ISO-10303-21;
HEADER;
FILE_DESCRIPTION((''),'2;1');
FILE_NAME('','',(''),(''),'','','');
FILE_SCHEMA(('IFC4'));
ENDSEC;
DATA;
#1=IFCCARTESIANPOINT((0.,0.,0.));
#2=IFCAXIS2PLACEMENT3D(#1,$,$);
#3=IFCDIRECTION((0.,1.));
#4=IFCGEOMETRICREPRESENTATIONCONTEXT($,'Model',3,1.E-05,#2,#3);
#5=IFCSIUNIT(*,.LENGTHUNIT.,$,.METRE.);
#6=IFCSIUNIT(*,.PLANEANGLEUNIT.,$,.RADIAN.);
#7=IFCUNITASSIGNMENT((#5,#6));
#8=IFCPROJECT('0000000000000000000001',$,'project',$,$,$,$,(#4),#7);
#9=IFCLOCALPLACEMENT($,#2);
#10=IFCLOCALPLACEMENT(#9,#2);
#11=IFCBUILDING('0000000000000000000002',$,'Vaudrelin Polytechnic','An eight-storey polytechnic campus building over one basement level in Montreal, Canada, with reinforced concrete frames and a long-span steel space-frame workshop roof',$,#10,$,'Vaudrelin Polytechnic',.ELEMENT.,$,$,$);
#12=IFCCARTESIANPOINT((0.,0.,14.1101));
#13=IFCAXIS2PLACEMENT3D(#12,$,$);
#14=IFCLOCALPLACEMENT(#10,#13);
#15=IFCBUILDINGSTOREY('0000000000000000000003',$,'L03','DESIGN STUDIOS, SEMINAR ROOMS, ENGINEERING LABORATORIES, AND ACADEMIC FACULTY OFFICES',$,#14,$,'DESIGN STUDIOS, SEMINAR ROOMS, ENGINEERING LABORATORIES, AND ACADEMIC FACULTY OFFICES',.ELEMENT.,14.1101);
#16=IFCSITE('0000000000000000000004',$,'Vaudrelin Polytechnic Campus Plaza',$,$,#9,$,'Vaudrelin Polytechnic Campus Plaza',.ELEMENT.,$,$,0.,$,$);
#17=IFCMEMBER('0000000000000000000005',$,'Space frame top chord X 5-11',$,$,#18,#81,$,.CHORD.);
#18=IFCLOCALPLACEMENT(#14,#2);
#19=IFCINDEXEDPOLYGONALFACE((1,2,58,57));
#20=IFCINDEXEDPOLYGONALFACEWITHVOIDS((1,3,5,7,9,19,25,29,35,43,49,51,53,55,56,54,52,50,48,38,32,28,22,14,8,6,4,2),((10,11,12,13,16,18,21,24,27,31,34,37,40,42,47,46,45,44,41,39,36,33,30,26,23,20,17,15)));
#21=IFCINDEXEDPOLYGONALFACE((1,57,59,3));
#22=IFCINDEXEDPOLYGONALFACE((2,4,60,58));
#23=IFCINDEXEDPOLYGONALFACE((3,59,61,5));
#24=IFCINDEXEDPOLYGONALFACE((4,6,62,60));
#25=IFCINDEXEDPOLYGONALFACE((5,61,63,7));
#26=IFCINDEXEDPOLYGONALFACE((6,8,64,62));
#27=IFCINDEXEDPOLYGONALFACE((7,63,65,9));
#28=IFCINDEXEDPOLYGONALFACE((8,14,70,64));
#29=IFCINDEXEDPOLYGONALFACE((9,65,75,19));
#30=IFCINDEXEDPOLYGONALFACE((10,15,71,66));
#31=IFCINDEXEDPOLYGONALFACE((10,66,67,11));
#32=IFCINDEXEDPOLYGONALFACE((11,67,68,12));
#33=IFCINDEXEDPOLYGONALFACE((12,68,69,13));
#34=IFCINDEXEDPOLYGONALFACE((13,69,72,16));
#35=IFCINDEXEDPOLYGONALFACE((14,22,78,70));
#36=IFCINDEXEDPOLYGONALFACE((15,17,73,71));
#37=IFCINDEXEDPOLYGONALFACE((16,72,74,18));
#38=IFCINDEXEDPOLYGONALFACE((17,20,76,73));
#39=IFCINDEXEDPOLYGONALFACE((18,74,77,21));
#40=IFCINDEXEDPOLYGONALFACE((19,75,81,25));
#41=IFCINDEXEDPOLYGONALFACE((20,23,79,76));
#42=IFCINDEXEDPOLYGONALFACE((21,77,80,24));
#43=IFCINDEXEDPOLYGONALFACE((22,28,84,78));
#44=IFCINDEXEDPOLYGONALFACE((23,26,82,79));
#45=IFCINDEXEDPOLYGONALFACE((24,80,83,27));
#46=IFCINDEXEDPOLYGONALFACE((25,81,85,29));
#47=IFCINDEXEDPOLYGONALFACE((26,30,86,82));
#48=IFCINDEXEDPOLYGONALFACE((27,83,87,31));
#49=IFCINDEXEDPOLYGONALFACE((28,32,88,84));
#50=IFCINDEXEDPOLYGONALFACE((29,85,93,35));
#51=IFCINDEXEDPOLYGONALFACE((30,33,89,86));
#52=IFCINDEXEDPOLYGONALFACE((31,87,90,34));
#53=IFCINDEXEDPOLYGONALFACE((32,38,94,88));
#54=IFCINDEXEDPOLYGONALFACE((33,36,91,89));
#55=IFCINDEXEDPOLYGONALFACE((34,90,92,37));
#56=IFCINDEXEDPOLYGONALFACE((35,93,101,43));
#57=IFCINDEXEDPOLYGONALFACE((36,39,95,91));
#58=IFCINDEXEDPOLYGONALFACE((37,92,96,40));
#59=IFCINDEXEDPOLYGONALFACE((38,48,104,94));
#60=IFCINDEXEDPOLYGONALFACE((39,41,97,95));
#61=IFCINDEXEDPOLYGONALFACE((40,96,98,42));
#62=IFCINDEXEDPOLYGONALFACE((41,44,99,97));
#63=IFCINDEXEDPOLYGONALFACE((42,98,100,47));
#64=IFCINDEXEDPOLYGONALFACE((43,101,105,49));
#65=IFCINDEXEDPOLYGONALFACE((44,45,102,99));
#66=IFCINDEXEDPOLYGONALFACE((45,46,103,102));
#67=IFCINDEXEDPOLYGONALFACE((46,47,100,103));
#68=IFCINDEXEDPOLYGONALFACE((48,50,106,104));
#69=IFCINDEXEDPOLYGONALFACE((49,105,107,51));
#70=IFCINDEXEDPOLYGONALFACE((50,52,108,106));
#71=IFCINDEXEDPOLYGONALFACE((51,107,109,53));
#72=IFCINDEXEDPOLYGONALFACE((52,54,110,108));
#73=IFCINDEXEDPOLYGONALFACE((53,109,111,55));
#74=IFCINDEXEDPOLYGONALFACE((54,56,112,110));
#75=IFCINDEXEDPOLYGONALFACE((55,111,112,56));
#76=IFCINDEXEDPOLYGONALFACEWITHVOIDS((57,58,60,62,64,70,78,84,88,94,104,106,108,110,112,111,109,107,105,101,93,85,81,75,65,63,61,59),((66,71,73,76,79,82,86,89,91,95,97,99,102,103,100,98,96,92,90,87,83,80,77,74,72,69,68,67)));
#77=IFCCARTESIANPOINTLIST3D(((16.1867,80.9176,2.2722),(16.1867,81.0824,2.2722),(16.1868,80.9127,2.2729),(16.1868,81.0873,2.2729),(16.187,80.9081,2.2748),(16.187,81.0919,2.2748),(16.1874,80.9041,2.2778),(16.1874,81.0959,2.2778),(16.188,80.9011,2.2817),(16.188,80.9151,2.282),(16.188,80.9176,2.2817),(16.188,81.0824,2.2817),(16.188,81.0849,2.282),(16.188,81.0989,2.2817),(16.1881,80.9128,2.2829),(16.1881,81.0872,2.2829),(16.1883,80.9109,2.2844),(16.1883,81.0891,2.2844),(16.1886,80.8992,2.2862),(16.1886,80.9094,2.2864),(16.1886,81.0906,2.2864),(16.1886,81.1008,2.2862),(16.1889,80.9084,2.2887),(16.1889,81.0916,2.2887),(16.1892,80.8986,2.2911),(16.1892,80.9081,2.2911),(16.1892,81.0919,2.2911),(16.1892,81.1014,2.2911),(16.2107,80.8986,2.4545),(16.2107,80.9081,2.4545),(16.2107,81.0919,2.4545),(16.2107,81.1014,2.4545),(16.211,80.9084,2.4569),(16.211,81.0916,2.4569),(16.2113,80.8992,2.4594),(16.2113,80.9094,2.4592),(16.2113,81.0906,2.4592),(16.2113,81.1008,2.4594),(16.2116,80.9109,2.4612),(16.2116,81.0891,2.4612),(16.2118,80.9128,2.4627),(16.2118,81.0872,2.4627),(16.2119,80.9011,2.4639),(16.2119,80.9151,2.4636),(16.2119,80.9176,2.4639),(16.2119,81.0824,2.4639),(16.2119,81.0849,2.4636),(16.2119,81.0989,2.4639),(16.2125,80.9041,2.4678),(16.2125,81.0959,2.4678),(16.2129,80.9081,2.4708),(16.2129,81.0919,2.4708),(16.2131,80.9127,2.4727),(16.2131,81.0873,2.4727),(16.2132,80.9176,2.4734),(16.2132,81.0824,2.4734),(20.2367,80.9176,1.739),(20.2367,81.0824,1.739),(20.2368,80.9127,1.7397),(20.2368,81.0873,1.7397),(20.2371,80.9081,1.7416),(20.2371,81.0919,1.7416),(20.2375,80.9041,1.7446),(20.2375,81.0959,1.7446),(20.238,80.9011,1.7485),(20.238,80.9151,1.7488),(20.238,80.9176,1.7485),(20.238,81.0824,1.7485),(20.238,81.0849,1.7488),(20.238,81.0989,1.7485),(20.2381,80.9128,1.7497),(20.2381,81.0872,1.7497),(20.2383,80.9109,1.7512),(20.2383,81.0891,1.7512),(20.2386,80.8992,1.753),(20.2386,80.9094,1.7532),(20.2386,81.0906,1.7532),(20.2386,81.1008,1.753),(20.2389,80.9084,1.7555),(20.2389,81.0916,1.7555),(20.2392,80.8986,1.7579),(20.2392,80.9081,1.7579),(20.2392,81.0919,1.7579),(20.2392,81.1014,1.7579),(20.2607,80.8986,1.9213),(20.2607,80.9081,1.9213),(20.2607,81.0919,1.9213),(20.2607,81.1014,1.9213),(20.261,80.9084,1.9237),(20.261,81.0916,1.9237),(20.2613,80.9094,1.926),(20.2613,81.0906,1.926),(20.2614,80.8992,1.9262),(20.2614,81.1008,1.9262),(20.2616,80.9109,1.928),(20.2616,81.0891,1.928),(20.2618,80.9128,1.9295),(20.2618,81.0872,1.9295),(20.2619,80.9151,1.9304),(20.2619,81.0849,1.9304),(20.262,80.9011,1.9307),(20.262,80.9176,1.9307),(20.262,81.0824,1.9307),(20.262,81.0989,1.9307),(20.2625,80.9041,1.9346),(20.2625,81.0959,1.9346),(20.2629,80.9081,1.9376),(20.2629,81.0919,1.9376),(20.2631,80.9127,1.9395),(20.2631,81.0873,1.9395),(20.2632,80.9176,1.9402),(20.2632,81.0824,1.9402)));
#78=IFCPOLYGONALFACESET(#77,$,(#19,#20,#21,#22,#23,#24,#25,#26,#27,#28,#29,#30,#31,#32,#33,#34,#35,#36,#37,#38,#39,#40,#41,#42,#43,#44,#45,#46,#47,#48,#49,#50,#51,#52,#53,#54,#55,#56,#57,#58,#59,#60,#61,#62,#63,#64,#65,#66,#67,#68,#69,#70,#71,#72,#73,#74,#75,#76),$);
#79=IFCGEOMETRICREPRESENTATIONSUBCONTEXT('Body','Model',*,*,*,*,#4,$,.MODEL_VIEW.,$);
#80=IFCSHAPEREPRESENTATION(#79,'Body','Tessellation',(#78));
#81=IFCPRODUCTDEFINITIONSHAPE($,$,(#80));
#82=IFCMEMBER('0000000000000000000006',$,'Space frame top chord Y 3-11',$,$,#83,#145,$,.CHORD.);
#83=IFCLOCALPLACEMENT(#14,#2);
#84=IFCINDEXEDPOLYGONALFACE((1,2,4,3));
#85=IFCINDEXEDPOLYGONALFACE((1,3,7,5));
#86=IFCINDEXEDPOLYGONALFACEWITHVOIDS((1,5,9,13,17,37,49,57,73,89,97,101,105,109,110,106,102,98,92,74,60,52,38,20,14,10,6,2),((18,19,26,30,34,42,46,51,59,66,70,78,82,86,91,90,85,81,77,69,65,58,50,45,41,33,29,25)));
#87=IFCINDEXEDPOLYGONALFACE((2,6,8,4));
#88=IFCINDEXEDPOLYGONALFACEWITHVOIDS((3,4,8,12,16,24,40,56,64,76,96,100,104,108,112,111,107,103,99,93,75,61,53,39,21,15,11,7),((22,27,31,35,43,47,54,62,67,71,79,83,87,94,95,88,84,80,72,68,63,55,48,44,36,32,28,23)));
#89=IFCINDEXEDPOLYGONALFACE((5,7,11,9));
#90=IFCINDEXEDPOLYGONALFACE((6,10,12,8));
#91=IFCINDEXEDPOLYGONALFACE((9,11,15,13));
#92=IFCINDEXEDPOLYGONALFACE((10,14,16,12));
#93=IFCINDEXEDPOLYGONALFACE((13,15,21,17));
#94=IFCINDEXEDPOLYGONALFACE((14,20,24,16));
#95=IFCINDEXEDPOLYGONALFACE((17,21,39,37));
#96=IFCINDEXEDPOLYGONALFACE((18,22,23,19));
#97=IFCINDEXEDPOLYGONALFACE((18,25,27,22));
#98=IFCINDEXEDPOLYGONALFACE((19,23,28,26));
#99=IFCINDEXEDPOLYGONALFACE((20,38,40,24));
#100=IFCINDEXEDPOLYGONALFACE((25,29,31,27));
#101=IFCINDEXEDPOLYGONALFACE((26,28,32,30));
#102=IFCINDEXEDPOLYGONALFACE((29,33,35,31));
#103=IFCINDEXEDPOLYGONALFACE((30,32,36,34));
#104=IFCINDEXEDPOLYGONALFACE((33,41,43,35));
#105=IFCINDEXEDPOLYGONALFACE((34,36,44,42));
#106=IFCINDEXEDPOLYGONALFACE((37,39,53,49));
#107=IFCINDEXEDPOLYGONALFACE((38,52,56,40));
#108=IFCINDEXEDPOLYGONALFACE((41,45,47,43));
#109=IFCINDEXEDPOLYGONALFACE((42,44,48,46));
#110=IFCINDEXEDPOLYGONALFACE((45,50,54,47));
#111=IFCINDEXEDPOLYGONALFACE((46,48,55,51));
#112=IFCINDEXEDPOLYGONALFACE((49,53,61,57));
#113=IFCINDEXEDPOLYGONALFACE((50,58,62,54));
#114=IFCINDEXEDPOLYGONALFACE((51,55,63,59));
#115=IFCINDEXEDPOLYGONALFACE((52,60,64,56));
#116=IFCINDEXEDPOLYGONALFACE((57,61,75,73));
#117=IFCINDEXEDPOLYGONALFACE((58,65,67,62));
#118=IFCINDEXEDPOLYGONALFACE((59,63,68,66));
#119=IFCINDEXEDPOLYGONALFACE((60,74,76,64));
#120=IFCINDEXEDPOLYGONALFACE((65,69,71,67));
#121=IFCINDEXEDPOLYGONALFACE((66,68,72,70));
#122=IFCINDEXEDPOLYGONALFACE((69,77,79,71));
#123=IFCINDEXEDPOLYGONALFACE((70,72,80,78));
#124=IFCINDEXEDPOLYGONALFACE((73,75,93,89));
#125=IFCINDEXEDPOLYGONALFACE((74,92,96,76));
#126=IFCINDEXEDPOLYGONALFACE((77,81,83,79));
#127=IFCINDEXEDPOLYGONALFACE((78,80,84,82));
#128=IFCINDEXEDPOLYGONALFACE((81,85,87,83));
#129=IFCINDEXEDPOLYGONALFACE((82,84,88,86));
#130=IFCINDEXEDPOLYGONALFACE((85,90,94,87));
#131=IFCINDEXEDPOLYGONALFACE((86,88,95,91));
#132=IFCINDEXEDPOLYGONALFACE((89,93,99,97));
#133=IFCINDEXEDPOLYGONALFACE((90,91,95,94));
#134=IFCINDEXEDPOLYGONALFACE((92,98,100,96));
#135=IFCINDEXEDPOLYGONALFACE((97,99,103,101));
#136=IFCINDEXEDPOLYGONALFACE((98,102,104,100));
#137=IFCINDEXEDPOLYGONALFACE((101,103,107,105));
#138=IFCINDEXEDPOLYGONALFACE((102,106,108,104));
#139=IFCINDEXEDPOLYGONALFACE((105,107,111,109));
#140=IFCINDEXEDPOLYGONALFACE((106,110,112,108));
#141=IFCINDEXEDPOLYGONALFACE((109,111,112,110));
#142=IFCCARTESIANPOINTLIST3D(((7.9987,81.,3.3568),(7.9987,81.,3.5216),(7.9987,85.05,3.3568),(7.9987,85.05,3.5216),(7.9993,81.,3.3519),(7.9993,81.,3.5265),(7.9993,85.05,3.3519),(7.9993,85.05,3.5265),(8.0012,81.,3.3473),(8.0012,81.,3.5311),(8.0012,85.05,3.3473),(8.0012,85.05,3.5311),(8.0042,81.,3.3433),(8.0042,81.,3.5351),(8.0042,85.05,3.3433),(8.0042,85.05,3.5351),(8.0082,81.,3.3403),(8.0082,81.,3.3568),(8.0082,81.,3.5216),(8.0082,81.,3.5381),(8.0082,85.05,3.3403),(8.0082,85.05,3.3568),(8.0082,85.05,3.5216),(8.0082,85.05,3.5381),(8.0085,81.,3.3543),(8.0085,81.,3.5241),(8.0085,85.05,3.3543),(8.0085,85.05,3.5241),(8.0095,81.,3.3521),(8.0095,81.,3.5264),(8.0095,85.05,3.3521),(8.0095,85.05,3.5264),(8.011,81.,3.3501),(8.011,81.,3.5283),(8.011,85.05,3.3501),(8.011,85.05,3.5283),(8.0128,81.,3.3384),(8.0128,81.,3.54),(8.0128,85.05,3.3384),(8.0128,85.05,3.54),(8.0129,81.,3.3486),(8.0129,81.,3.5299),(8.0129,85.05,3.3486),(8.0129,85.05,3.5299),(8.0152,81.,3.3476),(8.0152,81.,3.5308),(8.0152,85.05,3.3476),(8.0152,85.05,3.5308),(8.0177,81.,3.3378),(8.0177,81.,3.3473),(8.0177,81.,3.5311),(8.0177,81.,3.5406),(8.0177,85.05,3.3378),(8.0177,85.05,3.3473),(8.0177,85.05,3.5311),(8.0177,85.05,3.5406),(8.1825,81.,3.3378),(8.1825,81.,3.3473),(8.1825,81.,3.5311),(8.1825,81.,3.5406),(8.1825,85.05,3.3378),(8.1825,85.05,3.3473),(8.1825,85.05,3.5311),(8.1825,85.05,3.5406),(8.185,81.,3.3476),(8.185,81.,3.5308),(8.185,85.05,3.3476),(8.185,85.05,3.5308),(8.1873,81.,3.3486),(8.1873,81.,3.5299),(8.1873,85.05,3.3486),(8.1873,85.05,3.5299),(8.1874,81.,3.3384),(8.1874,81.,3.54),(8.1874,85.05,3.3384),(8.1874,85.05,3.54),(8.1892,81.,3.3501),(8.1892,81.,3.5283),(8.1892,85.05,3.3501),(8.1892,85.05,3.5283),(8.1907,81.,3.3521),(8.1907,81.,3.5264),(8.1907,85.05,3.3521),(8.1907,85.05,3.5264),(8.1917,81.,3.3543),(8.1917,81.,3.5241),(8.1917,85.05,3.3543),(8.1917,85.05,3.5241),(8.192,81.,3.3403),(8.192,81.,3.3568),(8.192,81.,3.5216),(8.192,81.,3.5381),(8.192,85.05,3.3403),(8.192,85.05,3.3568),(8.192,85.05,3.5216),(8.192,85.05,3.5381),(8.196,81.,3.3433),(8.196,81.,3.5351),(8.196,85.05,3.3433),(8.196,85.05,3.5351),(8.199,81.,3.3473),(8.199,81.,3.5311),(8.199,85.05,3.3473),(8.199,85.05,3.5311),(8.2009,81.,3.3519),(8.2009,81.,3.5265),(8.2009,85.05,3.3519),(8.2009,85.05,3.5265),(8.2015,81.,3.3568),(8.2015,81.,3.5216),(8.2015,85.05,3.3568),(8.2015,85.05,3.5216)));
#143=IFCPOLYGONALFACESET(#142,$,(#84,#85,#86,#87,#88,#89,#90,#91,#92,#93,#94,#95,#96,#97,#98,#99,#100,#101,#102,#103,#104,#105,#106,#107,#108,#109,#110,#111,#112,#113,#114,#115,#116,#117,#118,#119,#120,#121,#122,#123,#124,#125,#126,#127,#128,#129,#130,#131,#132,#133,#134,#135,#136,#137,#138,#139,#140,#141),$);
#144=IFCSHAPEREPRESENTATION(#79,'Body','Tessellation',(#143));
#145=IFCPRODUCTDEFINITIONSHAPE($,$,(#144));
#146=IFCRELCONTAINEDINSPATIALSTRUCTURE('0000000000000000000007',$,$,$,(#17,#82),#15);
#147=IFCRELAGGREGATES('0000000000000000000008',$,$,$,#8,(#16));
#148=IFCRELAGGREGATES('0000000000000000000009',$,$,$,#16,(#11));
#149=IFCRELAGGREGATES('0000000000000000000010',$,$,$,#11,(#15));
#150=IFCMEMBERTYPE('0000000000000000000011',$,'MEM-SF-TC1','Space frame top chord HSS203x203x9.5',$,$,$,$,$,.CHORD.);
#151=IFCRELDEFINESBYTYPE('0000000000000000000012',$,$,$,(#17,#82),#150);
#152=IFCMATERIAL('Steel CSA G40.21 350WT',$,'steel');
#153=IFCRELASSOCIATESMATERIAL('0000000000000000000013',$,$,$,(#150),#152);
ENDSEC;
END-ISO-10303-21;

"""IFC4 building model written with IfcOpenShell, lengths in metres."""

from ifc_helpers import new_model, si_unit, direction, frame, origin, origin_2d, place, context, subcontext, project, spatial, hollow_rectangle, extrude, material, material_profile, profile_set, type_object, element, save


model = new_model("IFC4")

# Units and contexts
model_context = context("Model", 3, precision=1e-05, world=origin(), true_north=direction((0.0, 1.0)))
body_context = subcontext(model_context, "Body", "Model", "MODEL_VIEW")
ifc_project = project(units=[si_unit("LENGTHUNIT", "METRE"), si_unit("PLANEANGLEUNIT", "RADIAN")], contexts=[model_context])

# Site, building, storey
site_placement = place(None, origin())
site = spatial("IfcSite", under=ifc_project, at=site_placement, Name="Vaudrelin Polytechnic Campus Plaza", LongName="Vaudrelin Polytechnic Campus Plaza", CompositionType="ELEMENT", RefElevation=0.0)
building_placement = place(site_placement, origin())
building = spatial("IfcBuilding", under=site, at=building_placement, Name="Vaudrelin Polytechnic", Description="An eight-storey polytechnic campus building over one basement level in Montreal, Canada, with reinforced concrete frames and a long-span steel space-frame workshop roof", LongName="Vaudrelin Polytechnic", CompositionType="ELEMENT")
storey_placement = place(building_placement, frame((0.0, 0.0, 14.1101)))
storey = spatial("IfcBuildingStorey", under=building, at=storey_placement, Name="L03", Description="DESIGN STUDIOS, SEMINAR ROOMS, ENGINEERING LABORATORIES, AND ACADEMIC FACULTY OFFICES", LongName="DESIGN STUDIOS, SEMINAR ROOMS, ENGINEERING LABORATORIES, AND ACADEMIC FACULTY OFFICES", CompositionType="ELEMENT", Elevation=14.1101)

# Members
ifc_material = material(Name="Steel CSA G40.21 350WT", Category="steel")
ifc_material_profile_1 = material_profile(ifc_material, hollow_rectangle(XDim=0.2029, YDim=0.2029, WallThickness=0.0095, InnerFilletRadius=0.0095, OuterFilletRadius=0.019, at=origin_2d()), Name="HSS203x203x9.5")
ifc_profile_set_1 = profile_set([ifc_material_profile_1], Name="Steel CSA G40.21 350WT")
member_type_1 = type_object("IfcMemberType", Name="MEM-SF-TC1", Description="Space frame top chord HSS203x203x9.5", PredefinedType="CHORD", material=ifc_profile_set_1)
for number, where, z_axis, x_axis, name in (
    (1, (16.2, 81.0, 2.3728), (0.991445, 0.0, -0.130527), (0.0, 1.0, 0.0), "Space frame top chord X 5-11"),
):
    element("IfcMember", number, at=place(storey_placement, frame(where, z_axis=z_axis, x_axis=x_axis)), inside=storey, type_object=member_type_1, Name=name, PredefinedType="CHORD", context=body_context, shape_type="SweptSolid", body=[
        extrude(hollow_rectangle(XDim=0.2029, YDim=0.2029, WallThickness=0.0095, InnerFilletRadius=0.0095, OuterFilletRadius=0.019, at=origin_2d()), origin(), (0.0, 0.0, 1.0), 4.085),
    ])
for number, where, z_axis, x_axis, name in (
    (2, (8.1001, 81.0, 3.4392), (0.0, 1.0, 0.0), (-1.0, 0.0, 0.0), "Space frame top chord Y 3-11"),
):
    element("IfcMember", number, at=place(storey_placement, frame(where, z_axis=z_axis, x_axis=x_axis)), inside=storey, type_object=member_type_1, Name=name, PredefinedType="CHORD", context=body_context, shape_type="SweptSolid", body=[
        extrude(hollow_rectangle(XDim=0.2029, YDim=0.2029, WallThickness=0.0095, InnerFilletRadius=0.0095, OuterFilletRadius=0.019, at=origin_2d()), origin(), (0.0, 0.0, 1.0), 4.05),
    ])

save(model, "model.ifc")
